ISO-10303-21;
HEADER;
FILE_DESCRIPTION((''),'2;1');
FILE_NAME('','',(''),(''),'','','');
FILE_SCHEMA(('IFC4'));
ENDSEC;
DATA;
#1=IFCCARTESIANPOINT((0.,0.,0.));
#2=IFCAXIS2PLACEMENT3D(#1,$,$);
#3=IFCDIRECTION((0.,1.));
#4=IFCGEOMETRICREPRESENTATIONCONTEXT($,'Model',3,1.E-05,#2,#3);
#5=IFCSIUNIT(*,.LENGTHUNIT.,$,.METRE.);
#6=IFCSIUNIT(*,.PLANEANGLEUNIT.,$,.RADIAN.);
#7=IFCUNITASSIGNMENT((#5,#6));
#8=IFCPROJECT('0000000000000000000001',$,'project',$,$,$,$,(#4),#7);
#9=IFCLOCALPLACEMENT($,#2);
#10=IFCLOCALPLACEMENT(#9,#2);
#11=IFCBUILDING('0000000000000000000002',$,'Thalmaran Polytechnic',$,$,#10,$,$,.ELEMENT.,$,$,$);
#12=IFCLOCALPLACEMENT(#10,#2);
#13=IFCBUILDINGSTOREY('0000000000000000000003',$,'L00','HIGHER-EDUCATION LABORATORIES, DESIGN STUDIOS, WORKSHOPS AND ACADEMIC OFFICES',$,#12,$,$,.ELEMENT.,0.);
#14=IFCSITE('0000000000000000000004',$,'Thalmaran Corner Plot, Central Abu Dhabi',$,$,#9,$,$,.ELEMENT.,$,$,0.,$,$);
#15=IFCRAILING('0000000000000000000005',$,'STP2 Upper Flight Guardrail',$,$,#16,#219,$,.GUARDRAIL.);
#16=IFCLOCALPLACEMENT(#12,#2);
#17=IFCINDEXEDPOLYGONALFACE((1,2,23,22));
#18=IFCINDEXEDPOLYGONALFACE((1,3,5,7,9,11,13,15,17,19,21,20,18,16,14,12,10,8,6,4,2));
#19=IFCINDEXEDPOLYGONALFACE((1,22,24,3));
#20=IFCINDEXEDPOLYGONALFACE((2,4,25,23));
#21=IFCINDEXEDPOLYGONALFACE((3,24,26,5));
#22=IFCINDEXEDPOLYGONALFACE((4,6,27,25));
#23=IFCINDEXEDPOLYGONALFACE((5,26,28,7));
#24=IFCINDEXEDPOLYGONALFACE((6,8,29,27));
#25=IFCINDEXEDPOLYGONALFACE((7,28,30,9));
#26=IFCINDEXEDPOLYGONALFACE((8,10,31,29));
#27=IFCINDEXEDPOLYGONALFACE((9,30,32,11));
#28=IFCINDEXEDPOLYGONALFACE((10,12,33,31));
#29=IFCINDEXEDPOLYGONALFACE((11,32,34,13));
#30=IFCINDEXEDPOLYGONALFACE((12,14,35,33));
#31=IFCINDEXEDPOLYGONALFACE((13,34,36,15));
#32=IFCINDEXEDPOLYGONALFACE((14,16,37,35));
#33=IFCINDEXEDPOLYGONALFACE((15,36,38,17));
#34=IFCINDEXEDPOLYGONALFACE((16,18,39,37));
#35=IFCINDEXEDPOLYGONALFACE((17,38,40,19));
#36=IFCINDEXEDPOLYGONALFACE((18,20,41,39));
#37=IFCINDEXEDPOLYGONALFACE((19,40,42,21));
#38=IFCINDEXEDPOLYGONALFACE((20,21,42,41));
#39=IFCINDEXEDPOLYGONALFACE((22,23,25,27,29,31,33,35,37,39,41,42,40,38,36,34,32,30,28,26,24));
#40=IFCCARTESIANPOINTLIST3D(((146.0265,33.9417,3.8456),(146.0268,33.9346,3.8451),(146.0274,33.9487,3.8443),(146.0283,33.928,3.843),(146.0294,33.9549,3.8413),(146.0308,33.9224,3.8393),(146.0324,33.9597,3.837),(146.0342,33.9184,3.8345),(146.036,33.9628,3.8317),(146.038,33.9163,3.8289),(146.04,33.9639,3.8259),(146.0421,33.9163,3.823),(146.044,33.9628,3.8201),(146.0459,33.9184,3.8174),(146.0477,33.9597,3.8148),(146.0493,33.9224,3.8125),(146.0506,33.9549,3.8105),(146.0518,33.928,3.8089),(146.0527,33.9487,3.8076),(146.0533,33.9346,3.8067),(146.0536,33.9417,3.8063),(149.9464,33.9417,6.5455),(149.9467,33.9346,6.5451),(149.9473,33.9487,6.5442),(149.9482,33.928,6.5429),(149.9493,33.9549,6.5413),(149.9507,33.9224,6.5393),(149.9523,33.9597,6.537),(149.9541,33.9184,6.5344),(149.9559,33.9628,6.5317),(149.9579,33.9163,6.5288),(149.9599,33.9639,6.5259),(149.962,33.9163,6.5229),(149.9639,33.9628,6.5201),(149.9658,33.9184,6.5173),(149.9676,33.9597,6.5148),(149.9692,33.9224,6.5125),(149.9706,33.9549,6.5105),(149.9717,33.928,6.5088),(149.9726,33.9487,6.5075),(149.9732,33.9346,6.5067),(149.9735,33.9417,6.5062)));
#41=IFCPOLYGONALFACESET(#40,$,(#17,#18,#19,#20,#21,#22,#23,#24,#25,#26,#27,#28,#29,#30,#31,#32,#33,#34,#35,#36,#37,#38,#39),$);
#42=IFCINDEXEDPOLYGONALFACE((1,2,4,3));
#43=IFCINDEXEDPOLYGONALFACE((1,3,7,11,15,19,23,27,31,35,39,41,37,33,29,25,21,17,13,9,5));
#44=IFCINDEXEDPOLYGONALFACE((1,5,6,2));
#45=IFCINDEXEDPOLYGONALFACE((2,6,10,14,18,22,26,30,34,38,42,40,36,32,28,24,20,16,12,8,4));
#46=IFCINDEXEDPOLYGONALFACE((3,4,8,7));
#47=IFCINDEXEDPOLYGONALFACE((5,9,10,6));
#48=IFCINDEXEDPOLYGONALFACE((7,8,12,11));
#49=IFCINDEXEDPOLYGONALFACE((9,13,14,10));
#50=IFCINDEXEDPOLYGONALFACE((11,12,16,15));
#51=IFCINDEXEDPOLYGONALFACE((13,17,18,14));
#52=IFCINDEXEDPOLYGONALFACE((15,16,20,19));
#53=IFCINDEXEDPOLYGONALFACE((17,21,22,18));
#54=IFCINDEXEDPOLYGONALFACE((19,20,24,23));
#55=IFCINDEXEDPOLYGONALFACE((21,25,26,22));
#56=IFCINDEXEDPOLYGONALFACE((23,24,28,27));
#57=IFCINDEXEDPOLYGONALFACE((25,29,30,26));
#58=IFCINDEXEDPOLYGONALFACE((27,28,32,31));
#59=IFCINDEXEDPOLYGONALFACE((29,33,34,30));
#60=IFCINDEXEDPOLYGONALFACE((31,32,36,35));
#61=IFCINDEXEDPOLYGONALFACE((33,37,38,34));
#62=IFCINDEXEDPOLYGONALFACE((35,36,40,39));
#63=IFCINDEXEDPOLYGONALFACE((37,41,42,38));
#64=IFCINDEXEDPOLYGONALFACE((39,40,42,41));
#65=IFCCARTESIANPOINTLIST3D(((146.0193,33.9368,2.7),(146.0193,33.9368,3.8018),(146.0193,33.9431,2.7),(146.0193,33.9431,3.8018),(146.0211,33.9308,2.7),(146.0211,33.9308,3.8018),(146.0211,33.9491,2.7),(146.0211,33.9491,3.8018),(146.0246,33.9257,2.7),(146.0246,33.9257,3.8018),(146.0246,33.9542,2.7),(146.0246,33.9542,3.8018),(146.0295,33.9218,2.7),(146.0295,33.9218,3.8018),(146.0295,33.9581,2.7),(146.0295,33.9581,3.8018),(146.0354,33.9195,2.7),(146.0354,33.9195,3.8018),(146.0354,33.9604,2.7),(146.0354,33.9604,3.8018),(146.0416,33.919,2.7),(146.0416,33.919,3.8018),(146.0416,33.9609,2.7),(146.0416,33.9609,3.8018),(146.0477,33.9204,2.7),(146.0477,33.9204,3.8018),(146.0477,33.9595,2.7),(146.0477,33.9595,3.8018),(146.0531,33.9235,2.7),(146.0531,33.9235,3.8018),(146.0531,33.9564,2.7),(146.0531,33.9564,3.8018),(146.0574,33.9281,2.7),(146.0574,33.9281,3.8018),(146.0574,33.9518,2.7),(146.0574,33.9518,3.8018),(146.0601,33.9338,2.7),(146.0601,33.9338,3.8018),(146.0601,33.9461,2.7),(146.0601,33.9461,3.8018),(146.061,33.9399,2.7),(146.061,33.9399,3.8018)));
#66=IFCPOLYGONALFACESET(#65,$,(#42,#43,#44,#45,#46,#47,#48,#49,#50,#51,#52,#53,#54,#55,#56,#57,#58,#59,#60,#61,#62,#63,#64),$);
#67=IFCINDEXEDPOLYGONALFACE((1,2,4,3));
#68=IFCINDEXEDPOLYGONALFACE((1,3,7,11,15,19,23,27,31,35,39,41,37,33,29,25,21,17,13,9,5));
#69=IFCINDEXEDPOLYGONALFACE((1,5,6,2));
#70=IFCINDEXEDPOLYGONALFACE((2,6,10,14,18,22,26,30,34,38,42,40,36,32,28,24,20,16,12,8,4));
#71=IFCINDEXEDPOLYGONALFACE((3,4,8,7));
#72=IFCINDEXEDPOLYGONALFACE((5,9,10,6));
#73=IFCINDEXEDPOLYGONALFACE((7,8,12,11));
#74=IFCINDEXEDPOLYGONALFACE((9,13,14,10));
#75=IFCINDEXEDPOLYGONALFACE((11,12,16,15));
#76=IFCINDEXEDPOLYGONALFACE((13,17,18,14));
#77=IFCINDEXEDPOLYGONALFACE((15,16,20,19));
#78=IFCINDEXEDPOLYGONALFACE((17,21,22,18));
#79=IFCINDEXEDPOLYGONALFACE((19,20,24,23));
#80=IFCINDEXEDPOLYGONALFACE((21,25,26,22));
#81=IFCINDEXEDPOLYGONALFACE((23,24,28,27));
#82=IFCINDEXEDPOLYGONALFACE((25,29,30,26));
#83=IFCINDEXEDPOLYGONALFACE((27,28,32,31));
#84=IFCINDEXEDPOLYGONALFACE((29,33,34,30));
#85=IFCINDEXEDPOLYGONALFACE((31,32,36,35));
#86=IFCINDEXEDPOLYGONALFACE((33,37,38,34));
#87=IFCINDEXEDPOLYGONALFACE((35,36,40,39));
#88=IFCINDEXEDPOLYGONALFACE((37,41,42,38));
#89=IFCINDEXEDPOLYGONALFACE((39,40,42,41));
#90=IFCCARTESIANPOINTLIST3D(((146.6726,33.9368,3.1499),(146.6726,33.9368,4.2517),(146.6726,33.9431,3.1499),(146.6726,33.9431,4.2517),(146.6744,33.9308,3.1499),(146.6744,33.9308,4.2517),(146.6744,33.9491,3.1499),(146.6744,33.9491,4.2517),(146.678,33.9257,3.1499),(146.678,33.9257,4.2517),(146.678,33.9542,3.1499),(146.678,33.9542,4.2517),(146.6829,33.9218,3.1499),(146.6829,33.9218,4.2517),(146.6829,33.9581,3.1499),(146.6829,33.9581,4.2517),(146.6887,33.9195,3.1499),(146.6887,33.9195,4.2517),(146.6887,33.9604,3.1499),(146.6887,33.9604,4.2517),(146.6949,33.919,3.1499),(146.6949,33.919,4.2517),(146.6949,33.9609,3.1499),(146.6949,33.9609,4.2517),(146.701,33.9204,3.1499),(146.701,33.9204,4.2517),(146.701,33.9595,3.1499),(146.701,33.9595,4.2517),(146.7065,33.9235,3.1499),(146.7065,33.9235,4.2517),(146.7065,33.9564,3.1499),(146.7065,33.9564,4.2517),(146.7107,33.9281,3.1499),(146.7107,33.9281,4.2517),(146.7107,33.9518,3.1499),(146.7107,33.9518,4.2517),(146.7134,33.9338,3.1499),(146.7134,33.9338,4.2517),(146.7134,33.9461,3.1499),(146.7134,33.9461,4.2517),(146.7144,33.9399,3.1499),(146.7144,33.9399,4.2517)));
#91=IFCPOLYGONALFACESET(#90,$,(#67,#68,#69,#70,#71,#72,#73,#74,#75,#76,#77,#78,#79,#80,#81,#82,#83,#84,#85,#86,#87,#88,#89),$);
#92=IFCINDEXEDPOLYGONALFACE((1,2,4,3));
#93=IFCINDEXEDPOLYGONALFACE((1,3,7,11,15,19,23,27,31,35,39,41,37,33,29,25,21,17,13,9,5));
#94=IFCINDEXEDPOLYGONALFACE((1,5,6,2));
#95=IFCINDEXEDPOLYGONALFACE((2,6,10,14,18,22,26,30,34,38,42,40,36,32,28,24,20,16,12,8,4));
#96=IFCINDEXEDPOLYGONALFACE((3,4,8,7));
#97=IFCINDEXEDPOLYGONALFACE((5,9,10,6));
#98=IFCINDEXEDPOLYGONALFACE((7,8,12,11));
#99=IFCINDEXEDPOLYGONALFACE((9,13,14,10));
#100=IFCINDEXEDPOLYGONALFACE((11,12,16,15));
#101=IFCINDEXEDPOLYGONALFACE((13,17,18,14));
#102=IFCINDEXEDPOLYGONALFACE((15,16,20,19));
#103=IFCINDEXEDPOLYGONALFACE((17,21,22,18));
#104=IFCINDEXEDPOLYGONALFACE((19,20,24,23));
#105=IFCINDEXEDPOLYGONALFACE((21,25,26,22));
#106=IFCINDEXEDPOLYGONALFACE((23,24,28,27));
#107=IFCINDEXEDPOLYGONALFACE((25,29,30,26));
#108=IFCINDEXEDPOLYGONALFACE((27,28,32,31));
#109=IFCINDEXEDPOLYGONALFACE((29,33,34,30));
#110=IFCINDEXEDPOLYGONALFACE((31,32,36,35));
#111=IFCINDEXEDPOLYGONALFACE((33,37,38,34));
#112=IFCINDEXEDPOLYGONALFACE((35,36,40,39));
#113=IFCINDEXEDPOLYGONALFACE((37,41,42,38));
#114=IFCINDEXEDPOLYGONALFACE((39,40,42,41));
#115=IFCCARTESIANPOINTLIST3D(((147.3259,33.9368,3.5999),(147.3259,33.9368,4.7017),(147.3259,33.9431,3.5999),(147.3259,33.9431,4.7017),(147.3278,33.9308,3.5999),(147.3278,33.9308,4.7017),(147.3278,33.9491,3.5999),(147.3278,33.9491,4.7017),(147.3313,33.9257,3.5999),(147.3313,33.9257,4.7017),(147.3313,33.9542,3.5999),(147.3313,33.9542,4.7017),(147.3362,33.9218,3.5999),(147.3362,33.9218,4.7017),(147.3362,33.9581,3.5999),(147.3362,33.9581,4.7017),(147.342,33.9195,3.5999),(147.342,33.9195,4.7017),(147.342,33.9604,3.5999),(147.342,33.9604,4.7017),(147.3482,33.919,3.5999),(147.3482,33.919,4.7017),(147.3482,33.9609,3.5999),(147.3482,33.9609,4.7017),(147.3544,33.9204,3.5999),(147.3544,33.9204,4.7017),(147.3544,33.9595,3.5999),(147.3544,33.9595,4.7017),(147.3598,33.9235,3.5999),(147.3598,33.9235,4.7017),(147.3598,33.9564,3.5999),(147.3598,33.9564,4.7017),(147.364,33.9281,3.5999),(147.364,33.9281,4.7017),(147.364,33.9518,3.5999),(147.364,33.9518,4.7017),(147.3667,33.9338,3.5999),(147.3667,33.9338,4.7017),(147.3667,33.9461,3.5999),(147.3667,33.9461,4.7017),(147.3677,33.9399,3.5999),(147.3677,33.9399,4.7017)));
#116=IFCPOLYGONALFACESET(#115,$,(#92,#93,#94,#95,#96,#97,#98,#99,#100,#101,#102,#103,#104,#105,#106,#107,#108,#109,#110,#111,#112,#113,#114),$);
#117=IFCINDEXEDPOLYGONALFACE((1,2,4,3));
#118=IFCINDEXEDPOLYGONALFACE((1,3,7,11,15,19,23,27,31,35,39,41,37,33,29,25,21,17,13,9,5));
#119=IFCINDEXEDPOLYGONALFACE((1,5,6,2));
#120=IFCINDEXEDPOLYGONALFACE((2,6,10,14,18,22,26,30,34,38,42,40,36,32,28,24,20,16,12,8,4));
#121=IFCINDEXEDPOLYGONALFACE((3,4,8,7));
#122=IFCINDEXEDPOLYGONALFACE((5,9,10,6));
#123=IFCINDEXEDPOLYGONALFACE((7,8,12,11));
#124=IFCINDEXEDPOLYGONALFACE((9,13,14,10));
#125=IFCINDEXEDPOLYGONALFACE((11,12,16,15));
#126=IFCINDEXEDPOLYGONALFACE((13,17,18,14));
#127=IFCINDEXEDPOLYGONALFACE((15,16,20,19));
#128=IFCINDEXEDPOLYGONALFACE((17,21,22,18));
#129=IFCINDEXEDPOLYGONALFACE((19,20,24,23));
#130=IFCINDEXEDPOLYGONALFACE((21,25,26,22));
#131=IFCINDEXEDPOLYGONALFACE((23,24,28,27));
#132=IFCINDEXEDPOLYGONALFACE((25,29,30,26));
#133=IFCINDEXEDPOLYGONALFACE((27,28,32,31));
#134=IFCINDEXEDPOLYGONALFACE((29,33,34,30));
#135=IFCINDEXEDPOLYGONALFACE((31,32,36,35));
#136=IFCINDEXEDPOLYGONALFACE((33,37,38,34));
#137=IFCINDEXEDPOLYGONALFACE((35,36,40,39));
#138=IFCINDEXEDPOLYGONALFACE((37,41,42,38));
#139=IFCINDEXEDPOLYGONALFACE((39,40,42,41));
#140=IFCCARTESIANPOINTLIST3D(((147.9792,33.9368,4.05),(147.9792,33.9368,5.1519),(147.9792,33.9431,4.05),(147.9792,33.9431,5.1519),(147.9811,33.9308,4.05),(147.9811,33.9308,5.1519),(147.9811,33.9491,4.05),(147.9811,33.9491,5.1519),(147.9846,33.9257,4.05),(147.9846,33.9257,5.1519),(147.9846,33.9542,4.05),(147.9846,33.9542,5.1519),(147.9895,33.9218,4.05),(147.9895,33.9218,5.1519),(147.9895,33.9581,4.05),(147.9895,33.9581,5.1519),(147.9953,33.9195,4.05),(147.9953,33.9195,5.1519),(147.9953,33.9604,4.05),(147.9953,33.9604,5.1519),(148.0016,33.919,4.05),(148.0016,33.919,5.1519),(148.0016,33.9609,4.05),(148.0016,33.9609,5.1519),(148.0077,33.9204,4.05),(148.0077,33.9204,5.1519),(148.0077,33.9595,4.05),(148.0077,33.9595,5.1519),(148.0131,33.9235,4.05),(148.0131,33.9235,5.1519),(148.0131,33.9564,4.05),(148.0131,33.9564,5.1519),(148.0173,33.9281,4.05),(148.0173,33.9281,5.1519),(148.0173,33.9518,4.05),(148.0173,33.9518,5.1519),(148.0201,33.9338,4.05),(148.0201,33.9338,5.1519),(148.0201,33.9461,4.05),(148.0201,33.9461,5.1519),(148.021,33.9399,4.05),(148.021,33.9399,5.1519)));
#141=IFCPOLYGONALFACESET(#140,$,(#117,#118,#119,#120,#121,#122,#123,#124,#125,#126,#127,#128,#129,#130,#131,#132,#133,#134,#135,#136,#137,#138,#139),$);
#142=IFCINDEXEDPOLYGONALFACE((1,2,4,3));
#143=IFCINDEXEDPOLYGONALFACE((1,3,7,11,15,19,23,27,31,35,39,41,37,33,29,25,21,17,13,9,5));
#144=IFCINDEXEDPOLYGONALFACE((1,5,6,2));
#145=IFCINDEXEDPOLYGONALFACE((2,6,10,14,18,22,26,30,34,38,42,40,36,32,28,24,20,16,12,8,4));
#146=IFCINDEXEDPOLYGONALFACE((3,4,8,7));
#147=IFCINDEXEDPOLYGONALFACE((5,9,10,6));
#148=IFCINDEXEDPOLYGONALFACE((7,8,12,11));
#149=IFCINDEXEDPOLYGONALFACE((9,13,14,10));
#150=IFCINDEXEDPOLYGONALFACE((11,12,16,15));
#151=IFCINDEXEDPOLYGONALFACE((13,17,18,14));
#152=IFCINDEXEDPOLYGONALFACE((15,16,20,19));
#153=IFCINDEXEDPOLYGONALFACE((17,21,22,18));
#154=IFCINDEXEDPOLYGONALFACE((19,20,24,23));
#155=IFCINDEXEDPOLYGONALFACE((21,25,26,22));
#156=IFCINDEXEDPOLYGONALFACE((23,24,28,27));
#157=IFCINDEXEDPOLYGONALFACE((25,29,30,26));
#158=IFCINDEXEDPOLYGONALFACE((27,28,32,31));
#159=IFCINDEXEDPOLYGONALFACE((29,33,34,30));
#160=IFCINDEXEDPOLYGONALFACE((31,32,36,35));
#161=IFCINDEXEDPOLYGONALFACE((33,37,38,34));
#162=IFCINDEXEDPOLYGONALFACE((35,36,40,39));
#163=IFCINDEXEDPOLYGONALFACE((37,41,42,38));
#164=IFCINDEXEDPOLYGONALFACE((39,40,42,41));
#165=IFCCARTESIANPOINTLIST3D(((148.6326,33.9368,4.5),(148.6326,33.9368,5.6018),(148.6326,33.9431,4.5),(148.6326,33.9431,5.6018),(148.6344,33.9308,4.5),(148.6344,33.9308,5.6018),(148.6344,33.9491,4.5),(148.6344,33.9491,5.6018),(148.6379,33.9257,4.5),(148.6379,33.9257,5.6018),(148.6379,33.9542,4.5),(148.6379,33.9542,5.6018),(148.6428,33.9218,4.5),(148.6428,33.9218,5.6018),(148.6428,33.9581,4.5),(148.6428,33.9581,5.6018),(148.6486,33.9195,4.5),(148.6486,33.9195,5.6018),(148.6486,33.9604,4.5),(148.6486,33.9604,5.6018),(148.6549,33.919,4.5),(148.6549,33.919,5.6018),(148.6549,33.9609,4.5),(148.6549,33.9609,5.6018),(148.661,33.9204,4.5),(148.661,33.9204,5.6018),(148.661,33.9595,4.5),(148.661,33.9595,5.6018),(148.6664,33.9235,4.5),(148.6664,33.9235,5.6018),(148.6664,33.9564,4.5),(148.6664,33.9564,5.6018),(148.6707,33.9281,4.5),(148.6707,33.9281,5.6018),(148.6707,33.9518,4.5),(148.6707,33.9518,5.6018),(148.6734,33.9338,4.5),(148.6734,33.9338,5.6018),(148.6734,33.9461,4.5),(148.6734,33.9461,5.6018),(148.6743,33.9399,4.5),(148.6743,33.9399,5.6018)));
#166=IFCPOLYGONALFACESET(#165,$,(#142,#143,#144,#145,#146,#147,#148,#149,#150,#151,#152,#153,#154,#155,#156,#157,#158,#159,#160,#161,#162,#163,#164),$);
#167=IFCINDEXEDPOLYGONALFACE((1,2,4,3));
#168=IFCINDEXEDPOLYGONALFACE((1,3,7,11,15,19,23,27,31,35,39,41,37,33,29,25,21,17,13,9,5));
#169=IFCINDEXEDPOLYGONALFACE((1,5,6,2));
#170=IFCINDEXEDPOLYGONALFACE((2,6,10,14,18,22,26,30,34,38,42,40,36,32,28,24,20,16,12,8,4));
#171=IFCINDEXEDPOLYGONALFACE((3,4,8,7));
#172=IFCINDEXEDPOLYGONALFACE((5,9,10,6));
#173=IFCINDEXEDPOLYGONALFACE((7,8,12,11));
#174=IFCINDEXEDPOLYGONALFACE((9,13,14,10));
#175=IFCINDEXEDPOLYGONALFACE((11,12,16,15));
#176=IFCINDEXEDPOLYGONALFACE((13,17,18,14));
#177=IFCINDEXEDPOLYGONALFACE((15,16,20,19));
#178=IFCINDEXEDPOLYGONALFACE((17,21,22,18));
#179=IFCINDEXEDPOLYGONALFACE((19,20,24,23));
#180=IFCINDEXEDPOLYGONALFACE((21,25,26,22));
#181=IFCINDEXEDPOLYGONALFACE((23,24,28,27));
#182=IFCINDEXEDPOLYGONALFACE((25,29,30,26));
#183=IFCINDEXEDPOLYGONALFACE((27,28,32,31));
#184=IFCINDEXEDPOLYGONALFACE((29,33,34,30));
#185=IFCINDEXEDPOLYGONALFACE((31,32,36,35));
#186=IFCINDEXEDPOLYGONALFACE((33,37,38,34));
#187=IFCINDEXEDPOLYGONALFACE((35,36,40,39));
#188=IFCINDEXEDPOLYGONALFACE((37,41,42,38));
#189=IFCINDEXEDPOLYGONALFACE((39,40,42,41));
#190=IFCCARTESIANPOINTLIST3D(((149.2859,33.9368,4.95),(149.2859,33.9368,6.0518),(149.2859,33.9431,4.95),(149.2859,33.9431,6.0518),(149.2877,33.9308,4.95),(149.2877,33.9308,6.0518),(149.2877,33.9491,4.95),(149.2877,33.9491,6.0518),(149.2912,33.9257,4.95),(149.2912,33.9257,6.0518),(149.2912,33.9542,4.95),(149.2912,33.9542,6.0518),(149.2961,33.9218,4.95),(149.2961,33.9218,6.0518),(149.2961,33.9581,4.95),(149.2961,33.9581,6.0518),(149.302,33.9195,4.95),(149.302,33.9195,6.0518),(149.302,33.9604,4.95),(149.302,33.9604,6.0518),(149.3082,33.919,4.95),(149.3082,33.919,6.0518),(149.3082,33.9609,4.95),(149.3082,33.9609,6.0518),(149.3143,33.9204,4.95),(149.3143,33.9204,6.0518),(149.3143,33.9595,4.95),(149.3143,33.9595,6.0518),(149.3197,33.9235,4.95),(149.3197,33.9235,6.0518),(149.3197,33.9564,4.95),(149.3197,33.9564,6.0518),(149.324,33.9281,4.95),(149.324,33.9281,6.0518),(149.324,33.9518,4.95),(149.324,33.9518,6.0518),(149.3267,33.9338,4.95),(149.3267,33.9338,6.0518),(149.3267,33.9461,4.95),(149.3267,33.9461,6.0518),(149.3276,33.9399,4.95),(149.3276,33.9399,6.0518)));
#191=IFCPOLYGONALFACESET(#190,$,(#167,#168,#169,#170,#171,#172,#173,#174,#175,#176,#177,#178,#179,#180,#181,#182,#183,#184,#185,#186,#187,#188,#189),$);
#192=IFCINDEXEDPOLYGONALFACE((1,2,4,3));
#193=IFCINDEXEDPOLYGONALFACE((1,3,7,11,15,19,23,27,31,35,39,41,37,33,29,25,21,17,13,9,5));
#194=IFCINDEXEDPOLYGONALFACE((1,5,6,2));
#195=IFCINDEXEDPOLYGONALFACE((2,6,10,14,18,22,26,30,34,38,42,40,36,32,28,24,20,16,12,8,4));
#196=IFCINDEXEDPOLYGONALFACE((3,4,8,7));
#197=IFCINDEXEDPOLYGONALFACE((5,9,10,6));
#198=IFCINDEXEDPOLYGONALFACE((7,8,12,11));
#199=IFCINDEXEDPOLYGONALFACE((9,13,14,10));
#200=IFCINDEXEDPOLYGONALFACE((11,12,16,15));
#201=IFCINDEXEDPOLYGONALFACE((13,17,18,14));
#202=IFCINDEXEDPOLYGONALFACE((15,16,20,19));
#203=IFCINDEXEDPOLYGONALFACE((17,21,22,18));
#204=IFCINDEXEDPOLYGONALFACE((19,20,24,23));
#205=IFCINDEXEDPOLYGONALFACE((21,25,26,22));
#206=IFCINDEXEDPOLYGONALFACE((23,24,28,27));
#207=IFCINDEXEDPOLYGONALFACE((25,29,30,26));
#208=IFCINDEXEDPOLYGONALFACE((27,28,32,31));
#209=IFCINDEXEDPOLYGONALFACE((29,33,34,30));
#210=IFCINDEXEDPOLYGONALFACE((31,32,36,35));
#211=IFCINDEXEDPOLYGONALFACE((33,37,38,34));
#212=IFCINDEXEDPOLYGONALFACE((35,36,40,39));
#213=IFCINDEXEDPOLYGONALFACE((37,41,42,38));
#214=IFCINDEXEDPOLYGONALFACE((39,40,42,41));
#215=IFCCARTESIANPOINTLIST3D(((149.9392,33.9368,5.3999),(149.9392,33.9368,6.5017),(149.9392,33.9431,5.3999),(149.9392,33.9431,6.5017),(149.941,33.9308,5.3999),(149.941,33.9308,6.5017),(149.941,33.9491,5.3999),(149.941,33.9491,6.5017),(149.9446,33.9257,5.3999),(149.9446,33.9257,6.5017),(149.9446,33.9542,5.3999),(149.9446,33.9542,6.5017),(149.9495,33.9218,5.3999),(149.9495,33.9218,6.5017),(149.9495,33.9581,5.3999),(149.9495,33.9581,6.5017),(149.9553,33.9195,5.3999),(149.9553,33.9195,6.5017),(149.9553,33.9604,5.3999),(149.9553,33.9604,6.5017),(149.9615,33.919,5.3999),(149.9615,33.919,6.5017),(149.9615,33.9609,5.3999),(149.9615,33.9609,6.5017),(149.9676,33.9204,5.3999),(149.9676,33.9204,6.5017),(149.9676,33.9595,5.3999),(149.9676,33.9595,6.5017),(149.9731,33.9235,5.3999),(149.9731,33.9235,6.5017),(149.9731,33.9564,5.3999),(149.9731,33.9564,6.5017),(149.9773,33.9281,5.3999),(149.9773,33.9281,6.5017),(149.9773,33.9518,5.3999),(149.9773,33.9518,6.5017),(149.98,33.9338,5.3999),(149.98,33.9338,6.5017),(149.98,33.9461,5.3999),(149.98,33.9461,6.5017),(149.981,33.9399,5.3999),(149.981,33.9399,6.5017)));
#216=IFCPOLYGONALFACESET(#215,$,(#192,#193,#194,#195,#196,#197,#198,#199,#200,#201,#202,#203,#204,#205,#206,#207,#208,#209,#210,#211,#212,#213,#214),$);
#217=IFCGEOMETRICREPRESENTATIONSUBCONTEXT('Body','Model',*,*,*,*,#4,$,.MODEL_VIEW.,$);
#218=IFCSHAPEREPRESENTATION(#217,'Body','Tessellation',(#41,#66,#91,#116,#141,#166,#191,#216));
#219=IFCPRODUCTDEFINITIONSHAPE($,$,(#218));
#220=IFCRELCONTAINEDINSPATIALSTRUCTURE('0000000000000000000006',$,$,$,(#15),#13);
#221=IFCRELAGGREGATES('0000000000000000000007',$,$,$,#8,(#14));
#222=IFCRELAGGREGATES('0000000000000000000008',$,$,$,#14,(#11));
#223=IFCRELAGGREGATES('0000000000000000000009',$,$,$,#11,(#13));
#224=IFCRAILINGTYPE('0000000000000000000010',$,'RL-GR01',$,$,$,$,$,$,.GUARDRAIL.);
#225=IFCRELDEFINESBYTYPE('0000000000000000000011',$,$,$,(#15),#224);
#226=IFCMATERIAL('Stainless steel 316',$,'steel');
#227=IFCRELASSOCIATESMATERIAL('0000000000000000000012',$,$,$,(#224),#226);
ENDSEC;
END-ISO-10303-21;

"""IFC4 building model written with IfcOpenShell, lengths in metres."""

from ifc_helpers import new_model, si_unit, direction, frame, origin, origin_2d, place, context, subcontext, project, spatial, circle, extrude, material, type_object, element, save


model = new_model("IFC4")

# Units and contexts
model_context = context("Model", 3, precision=1e-05, world=origin(), true_north=direction((0.0, 1.0)))
body_context = subcontext(model_context, "Body", "Model", "MODEL_VIEW")
ifc_project = project(units=[si_unit("LENGTHUNIT", "METRE"), si_unit("PLANEANGLEUNIT", "RADIAN")], contexts=[model_context])

# Site, building, storey
site_placement = place(None, origin())
site = spatial("IfcSite", under=ifc_project, at=site_placement, Name="Thalmaran Corner Plot, Central Abu Dhabi", CompositionType="ELEMENT", RefElevation=0.0)
building_placement = place(site_placement, origin())
building = spatial("IfcBuilding", under=site, at=building_placement, Name="Thalmaran Polytechnic", CompositionType="ELEMENT")
storey_placement = place(building_placement, origin())
storey = spatial("IfcBuildingStorey", under=building, at=storey_placement, Name="L00", Description="HIGHER-EDUCATION LABORATORIES, DESIGN STUDIOS, WORKSHOPS AND ACADEMIC OFFICES", CompositionType="ELEMENT", Elevation=0.0)

# Railing
ifc_material_1 = material(Name="Stainless steel 316", Category="steel")
railing_type = type_object("IfcRailingType", Name="RL-GR01", PredefinedType="GUARDRAIL", material=ifc_material_1)
railing_1_placement = place(storey_placement, frame((146.04, 33.9399, 2.7)))
element("IfcRailing", 1, at=railing_1_placement, inside=storey, type_object=railing_type, Name="STP2 Upper Flight Guardrail", PredefinedType="GUARDRAIL", context=body_context, shape_type="SweptSolid", body=[
    extrude(circle(Radius=0.0239, at=origin_2d()), frame((0.0, 0.0, 1.126), z_axis=(0.823551, 0.0, 0.567243), x_axis=(0.0, 1.0, 0.0)), (0.0, 0.0, 1.0), 4.7598),
    extrude(circle(Radius=0.021, at=origin_2d()), origin(), (0.0, 0.0, 1.0), 1.1018),
    extrude(circle(Radius=0.021, at=origin_2d()), frame((0.6533, 0.0, 0.45)), (0.0, 0.0, 1.0), 1.1018),
    extrude(circle(Radius=0.021, at=origin_2d()), frame((1.3066, 0.0, 0.8999)), (0.0, 0.0, 1.0), 1.1018),
    extrude(circle(Radius=0.021, at=origin_2d()), frame((1.96, 0.0, 1.3501)), (0.0, 0.0, 1.0), 1.1018),
    extrude(circle(Radius=0.021, at=origin_2d()), frame((2.6133, 0.0, 1.8)), (0.0, 0.0, 1.0), 1.1018),
    extrude(circle(Radius=0.021, at=origin_2d()), frame((3.2666, 0.0, 2.25)), (0.0, 0.0, 1.0), 1.1018),
    extrude(circle(Radius=0.021, at=origin_2d()), frame((3.9199, 0.0, 2.7)), (0.0, 0.0, 1.0), 1.1018),
])

save(model, "model.ifc")
